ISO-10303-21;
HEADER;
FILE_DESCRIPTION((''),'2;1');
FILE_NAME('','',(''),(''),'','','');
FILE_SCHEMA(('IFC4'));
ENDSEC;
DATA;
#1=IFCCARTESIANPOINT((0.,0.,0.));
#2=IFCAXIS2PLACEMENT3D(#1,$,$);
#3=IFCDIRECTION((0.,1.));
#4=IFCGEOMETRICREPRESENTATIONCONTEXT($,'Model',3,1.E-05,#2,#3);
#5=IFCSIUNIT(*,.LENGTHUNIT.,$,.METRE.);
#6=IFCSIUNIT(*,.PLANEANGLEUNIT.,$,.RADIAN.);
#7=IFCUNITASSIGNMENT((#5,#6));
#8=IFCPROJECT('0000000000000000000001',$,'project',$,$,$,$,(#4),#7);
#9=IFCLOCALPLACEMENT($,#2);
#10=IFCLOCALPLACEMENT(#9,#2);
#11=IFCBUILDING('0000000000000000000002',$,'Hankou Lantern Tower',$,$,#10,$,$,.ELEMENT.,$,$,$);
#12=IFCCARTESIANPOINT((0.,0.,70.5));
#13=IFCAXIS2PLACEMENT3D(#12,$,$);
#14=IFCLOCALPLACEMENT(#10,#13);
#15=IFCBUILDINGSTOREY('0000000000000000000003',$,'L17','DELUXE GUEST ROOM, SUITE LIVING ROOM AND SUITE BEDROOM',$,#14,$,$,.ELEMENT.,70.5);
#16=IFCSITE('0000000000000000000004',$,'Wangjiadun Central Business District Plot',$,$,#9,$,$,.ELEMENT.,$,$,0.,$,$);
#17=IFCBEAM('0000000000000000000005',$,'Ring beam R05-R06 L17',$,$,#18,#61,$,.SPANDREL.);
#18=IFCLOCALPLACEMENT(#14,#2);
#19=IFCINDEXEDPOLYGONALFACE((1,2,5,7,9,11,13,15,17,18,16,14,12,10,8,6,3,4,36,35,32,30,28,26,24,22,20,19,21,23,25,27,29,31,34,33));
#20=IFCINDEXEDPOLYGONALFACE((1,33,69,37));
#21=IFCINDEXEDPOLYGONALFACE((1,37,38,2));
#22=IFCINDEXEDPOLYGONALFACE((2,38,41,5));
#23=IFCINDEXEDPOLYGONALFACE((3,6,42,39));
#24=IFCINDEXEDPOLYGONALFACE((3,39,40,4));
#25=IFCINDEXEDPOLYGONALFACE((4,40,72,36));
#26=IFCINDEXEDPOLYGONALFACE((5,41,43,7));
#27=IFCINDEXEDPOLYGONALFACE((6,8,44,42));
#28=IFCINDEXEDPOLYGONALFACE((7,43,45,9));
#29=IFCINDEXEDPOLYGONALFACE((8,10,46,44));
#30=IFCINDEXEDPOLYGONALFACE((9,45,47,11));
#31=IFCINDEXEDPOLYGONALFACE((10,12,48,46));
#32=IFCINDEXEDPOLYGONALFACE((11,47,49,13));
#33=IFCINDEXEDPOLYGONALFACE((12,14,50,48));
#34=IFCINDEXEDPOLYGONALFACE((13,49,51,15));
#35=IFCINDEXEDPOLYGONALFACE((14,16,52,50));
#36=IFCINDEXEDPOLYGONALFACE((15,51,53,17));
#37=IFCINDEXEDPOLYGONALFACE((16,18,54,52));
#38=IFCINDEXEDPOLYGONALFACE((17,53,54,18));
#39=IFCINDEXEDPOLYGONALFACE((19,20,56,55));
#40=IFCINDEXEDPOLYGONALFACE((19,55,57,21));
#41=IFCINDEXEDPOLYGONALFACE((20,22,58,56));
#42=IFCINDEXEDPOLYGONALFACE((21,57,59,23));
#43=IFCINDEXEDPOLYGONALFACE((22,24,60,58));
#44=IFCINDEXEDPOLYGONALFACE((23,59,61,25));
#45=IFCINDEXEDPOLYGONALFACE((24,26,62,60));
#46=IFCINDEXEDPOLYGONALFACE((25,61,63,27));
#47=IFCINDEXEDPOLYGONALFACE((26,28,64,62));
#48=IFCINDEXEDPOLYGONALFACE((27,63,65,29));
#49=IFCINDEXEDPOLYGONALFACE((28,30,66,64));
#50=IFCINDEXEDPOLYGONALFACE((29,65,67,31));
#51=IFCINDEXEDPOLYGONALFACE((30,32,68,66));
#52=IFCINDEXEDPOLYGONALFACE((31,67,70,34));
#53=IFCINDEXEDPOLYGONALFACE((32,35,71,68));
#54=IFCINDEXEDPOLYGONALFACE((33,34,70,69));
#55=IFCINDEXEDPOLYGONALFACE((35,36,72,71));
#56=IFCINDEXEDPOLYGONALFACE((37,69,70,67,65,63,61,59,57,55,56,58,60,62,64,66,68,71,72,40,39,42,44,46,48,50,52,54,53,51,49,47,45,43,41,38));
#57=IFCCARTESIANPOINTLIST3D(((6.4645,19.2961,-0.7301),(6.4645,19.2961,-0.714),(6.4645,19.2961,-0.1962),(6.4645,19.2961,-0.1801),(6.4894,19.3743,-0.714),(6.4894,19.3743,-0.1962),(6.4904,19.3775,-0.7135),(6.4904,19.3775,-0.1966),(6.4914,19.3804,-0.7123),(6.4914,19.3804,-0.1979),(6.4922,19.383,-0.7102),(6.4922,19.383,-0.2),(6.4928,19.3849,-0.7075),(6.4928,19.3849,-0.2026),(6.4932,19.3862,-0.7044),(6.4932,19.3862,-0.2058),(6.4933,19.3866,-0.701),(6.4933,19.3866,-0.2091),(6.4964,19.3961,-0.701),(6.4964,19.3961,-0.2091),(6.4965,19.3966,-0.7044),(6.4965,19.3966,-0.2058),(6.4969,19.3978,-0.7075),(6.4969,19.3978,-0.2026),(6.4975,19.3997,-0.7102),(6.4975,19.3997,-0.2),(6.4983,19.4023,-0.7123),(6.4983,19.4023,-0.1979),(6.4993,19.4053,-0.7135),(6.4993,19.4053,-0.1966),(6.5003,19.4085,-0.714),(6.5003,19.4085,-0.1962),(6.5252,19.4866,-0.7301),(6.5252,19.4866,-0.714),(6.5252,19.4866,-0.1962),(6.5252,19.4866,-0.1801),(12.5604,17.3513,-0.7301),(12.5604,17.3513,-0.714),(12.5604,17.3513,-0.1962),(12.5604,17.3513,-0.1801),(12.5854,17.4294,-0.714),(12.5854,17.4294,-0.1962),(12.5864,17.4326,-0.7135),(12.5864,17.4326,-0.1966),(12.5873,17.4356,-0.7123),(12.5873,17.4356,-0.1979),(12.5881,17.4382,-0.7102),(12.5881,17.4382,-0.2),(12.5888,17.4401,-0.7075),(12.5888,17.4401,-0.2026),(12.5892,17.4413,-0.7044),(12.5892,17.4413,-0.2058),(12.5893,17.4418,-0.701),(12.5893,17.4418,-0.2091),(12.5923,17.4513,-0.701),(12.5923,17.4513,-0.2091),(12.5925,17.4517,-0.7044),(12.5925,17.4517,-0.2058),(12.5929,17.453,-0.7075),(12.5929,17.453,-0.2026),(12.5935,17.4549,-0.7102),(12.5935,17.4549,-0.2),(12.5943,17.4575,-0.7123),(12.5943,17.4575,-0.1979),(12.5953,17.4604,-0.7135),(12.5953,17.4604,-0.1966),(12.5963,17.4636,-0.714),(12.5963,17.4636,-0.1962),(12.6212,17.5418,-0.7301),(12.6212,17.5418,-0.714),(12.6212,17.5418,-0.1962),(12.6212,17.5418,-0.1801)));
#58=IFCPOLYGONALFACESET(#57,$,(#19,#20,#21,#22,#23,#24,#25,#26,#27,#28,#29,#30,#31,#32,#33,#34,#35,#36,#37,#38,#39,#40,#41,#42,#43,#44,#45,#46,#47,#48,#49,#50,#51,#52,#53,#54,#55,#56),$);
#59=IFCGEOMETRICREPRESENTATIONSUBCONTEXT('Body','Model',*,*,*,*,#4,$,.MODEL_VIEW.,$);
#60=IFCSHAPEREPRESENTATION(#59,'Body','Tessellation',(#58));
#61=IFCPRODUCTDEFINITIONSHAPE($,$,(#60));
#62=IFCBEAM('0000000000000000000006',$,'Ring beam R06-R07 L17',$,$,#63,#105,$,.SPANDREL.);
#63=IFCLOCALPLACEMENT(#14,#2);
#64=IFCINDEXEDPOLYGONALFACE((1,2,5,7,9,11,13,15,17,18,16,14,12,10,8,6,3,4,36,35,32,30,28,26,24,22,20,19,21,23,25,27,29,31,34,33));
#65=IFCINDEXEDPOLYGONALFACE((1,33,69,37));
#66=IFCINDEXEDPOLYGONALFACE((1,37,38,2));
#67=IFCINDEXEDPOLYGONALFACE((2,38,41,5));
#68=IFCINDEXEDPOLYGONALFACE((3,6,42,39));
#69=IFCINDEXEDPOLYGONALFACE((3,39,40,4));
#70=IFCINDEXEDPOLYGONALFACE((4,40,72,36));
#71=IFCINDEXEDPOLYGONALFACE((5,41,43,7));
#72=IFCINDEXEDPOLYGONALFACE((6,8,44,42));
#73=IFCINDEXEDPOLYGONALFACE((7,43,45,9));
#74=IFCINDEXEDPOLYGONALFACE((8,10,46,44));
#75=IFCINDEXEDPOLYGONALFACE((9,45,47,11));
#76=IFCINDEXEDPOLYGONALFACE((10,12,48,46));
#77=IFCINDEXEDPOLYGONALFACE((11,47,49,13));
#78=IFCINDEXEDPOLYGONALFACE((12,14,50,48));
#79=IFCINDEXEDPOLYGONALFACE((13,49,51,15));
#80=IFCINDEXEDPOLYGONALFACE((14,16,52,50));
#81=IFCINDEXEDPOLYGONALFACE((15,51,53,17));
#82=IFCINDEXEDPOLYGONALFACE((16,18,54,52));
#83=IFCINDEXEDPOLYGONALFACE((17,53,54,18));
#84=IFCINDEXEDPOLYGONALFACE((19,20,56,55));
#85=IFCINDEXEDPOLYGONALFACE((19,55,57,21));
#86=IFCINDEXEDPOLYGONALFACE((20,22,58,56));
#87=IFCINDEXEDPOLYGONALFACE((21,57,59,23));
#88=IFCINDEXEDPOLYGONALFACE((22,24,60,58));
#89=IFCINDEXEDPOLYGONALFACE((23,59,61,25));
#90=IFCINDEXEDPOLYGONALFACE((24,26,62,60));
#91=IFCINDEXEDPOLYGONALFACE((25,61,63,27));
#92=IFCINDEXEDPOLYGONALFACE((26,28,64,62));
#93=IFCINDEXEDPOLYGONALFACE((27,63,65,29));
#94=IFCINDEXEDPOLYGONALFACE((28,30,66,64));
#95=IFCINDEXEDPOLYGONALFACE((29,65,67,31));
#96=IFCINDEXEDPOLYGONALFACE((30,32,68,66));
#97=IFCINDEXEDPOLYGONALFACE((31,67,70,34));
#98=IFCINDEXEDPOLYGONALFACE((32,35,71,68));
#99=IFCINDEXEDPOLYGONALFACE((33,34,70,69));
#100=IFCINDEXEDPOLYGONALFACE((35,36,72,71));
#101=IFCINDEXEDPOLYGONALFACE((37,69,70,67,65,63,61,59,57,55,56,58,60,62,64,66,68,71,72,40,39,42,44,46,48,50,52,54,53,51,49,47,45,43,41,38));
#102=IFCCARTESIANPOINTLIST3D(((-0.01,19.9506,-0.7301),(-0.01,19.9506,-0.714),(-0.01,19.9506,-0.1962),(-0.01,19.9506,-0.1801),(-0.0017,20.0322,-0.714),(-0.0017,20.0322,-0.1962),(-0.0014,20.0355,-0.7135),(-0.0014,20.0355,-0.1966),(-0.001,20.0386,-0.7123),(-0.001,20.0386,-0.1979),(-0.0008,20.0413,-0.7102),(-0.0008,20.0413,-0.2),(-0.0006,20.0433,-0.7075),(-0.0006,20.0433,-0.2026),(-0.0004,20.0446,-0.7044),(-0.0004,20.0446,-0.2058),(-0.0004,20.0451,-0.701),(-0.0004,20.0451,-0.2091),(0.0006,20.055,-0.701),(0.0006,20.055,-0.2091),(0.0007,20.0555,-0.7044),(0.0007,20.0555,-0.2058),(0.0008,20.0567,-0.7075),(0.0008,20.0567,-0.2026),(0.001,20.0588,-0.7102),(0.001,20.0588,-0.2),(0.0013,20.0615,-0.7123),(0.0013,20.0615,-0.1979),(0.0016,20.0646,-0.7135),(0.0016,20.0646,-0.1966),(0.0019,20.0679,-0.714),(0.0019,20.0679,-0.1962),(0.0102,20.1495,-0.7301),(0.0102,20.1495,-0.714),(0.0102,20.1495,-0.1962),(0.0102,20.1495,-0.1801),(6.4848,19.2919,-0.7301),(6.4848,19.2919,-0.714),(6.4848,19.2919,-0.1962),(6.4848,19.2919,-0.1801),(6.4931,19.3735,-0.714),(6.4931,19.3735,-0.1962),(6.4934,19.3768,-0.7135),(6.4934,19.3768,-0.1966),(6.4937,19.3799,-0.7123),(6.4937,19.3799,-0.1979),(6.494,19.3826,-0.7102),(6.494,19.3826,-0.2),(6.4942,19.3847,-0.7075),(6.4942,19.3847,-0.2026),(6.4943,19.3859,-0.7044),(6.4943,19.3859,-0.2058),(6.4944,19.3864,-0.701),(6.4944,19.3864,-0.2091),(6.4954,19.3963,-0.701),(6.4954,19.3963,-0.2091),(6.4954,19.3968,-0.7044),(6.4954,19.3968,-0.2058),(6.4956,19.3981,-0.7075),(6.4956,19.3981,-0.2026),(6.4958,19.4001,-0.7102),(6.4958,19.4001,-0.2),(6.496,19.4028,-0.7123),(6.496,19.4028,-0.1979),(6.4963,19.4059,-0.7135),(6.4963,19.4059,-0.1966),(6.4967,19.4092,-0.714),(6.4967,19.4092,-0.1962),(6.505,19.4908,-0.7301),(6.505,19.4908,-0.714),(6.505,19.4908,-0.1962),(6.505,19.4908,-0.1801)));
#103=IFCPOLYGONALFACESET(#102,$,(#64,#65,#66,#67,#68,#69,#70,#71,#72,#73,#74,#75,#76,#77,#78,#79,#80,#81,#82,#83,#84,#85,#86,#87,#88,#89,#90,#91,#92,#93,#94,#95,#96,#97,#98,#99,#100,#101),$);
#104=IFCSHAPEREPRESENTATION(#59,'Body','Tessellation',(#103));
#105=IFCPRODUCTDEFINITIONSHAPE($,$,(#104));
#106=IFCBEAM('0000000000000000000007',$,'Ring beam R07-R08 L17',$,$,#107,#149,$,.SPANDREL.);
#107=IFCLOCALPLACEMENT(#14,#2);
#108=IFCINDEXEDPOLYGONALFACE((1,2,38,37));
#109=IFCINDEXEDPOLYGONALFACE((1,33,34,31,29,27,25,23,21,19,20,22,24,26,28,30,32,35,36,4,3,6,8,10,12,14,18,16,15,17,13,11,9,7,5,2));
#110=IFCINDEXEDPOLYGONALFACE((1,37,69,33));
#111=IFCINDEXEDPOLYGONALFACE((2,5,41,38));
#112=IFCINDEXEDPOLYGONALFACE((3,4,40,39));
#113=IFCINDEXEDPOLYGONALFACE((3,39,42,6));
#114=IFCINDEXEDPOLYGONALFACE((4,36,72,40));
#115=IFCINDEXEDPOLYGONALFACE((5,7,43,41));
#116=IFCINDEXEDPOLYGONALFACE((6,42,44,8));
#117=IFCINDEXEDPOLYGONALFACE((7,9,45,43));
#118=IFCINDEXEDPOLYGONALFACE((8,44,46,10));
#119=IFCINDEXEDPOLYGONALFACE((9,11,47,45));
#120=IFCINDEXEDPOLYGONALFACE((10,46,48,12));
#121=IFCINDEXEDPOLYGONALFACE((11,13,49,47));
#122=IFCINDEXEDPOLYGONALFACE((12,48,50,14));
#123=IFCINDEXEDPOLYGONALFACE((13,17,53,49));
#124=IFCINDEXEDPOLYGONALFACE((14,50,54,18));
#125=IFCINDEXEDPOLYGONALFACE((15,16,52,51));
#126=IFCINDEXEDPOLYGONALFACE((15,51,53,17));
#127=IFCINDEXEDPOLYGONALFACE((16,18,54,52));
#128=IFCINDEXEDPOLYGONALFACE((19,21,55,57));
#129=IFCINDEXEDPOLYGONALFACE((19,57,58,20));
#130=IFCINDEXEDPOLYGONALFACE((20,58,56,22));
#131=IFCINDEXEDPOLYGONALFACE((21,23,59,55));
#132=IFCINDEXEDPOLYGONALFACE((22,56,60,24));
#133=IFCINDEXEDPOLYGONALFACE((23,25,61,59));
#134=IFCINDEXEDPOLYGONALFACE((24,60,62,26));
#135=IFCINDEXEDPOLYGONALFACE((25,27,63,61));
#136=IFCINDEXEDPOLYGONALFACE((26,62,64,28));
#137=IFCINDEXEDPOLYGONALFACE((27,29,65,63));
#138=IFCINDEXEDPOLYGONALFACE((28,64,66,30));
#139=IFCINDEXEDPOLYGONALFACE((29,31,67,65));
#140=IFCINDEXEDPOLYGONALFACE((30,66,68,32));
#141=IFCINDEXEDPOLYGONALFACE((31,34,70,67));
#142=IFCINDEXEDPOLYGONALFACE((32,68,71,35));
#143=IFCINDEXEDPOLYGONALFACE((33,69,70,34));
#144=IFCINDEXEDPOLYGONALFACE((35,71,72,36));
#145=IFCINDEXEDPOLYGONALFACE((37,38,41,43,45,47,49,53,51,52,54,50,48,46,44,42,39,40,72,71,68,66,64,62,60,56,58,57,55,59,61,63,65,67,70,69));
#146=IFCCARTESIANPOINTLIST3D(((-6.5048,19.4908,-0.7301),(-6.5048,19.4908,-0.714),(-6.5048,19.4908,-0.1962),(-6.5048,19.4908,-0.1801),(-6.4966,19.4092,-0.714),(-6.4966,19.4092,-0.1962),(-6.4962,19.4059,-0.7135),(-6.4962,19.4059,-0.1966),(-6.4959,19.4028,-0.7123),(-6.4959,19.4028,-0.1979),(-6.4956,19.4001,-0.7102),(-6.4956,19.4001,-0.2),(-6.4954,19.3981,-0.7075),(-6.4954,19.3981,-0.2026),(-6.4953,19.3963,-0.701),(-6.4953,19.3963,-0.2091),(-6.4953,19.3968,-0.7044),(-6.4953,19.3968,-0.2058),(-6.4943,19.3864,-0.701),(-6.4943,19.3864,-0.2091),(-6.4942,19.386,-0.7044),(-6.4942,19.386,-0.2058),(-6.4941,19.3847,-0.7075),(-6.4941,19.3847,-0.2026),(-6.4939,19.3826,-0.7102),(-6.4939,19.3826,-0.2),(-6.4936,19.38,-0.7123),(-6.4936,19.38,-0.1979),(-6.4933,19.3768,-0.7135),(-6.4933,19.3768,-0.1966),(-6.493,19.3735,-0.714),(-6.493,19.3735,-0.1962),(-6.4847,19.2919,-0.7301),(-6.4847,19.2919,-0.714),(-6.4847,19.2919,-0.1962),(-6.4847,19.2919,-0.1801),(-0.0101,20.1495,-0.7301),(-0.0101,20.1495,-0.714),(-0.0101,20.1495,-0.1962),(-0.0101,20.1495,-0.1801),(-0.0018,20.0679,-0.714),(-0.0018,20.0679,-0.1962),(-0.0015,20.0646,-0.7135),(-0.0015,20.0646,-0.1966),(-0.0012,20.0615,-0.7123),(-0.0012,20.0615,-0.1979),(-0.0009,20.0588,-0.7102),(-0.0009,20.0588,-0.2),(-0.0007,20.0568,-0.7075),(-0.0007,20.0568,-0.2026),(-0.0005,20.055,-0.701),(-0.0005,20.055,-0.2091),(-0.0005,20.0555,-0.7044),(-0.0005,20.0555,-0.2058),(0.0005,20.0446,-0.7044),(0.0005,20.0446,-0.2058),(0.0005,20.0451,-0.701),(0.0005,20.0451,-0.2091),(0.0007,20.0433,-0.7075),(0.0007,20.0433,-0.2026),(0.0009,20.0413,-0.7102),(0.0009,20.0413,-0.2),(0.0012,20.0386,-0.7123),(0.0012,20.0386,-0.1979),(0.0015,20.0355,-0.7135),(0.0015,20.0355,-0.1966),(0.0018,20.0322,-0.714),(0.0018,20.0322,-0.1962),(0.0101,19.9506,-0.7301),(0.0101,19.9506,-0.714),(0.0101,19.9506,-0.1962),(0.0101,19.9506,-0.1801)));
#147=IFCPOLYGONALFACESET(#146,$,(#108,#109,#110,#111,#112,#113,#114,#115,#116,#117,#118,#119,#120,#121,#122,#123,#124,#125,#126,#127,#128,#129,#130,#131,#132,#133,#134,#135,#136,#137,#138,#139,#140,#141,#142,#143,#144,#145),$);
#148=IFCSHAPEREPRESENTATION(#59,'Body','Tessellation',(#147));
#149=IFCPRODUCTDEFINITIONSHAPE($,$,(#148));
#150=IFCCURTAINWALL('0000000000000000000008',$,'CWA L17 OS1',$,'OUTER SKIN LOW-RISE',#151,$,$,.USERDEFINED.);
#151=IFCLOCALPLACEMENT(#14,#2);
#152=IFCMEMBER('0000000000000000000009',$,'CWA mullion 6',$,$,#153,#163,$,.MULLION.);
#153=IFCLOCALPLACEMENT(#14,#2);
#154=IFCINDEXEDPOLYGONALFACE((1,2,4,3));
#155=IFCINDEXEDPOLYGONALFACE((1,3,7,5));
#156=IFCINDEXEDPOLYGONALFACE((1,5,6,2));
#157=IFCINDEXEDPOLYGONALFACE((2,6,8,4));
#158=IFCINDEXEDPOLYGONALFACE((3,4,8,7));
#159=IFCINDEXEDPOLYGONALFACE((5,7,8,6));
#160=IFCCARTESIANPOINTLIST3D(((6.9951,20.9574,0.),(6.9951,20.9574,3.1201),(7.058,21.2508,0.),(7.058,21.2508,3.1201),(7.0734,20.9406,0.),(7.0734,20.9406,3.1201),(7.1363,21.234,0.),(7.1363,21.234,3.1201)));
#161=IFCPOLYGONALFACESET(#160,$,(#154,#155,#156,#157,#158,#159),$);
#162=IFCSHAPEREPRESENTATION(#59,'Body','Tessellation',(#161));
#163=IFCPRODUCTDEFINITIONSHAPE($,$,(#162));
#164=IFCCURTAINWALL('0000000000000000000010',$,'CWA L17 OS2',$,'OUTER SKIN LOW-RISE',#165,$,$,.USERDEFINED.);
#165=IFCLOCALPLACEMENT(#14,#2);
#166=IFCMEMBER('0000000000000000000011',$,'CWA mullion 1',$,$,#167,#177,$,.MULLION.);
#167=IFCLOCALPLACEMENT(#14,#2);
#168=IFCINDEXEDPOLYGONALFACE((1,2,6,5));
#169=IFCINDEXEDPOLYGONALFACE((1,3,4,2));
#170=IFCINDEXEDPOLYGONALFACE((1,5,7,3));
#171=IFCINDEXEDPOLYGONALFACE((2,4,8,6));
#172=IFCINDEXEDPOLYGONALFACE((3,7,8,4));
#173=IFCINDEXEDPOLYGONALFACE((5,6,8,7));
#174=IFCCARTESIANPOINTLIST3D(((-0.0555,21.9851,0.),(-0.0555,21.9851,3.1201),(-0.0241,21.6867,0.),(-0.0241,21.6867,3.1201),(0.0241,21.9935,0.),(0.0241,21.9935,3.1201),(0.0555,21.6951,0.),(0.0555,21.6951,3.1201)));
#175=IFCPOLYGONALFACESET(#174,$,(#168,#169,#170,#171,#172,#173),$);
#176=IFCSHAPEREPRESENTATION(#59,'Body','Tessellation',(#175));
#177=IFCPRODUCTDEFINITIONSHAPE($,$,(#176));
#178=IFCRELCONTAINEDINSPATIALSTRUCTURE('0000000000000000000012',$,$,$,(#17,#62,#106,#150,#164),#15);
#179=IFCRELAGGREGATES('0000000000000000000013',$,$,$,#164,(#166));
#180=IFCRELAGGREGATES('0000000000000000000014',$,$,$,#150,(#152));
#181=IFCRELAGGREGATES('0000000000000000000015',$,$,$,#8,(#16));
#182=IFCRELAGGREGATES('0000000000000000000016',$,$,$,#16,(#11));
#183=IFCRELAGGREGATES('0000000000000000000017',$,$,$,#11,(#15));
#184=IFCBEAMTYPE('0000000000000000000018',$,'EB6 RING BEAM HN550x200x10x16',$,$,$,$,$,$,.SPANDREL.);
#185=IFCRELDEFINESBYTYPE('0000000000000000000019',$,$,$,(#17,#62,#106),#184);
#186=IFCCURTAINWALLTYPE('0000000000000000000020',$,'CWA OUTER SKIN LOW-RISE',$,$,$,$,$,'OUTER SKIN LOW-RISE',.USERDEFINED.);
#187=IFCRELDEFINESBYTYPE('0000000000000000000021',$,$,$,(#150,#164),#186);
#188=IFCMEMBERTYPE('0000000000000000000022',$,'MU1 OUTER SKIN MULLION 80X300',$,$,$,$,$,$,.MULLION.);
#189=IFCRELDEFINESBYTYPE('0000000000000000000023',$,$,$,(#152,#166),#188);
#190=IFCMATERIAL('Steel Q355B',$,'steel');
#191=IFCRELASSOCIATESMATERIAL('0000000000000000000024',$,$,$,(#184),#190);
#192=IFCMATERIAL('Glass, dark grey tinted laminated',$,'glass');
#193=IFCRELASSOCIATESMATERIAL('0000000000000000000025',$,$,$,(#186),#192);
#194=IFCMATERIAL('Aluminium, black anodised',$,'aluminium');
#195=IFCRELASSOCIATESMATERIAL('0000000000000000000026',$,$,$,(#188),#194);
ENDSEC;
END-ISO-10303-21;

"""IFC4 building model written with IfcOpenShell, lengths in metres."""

from ifc_helpers import new_model, si_unit, direction, frame, origin, origin_2d, place, context, subcontext, project, spatial, rectangle, i_section, extrude, material, material_profile, profile_set, type_object, element, aggregate, save


model = new_model("IFC4")

# Units and contexts
model_context = context("Model", 3, precision=1e-05, world=origin(), true_north=direction((0.0, 1.0)))
body_context = subcontext(model_context, "Body", "Model", "MODEL_VIEW")
ifc_project = project(units=[si_unit("LENGTHUNIT", "METRE"), si_unit("PLANEANGLEUNIT", "RADIAN")], contexts=[model_context])

# Site, building, storey
site_placement = place(None, origin())
site = spatial("IfcSite", under=ifc_project, at=site_placement, Name="Wangjiadun Central Business District Plot", CompositionType="ELEMENT", RefElevation=0.0)
building_placement = place(site_placement, origin())
building = spatial("IfcBuilding", under=site, at=building_placement, Name="Hankou Lantern Tower", CompositionType="ELEMENT")
storey_placement = place(building_placement, frame((0.0, 0.0, 70.5)))
storey = spatial("IfcBuildingStorey", under=building, at=storey_placement, Name="L17", Description="DELUXE GUEST ROOM, SUITE LIVING ROOM AND SUITE BEDROOM", CompositionType="ELEMENT", Elevation=70.5)

# Beams
ifc_material_1 = material(Name="Steel Q355B", Category="steel")
ifc_material_profile_1 = material_profile(ifc_material_1, i_section(OverallWidth=0.2, OverallDepth=0.55, WebThickness=0.01, FlangeThickness=0.0161, FilletRadius=0.0129, at=origin_2d()), Name="HN550x200x10x16")
ifc_profile_set_1 = profile_set([ifc_material_profile_1], Name="Steel Q355B")
beam_type_1 = type_object("IfcBeamType", Name="EB6 RING BEAM HN550x200x10x16", PredefinedType="SPANDREL", material=ifc_profile_set_1)
beam_1_placement = place(storey_placement, frame((12.5908, 17.4465, -0.4551), z_axis=(-0.95269, 0.303942, 0.0), x_axis=(-0.303942, -0.95269, 0.0)))
element("IfcBeam", 1, at=beam_1_placement, inside=storey, type_object=beam_type_1, Name="Ring beam R05-R06 L17", PredefinedType="SPANDREL", context=body_context, shape_type="SweptSolid", body=[
    extrude(i_section(OverallWidth=0.2, OverallDepth=0.55, WebThickness=0.01, FlangeThickness=0.0161, FilletRadius=0.0129, at=origin_2d()), origin(), (0.0, 0.0, 1.0), 6.3987),
])
for number, where, z_axis, x_axis, name in (
    (2, (6.4949, 19.3914, -0.4551), (-0.994897, 0.1009, 0.0), (-0.1009, -0.994897, 0.0), "Ring beam R06-R07 L17"),
    (3, (0.0, 20.05, -0.4551), (-0.994897, -0.1009, 0.0), (0.1009, -0.994897, 0.0), "Ring beam R07-R08 L17"),
):
    element("IfcBeam", number, at=place(storey_placement, frame(where, z_axis=z_axis, x_axis=x_axis)), inside=storey, type_object=beam_type_1, Name=name, PredefinedType="SPANDREL", context=body_context, shape_type="SweptSolid", body=[
        extrude(i_section(OverallWidth=0.2, OverallDepth=0.55, WebThickness=0.01, FlangeThickness=0.0161, FilletRadius=0.0129, at=origin_2d()), origin(), (0.0, 0.0, 1.0), 6.5281),
    ])

# Curtain walls, members
ifc_material_2 = material(Name="Glass, dark grey tinted laminated", Category="glass")
curtain_wall_type = type_object("IfcCurtainWallType", Name="CWA OUTER SKIN LOW-RISE", ElementType="OUTER SKIN LOW-RISE", PredefinedType="USERDEFINED", material=ifc_material_2)
curtain_wall_1_placement = place(storey_placement, origin())
curtain_wall_1 = element("IfcCurtainWall", 4, at=curtain_wall_1_placement, inside=storey, type_object=curtain_wall_type, Name="CWA L17 OS1", ObjectType="OUTER SKIN LOW-RISE", PredefinedType="USERDEFINED")
ifc_material_3 = material(Name="Aluminium, black anodised", Category="aluminium")
ifc_material_profile_2 = material_profile(ifc_material_3, rectangle(XDim=0.0801, YDim=0.3, at=origin_2d()), Name="MU1 80X300")
ifc_profile_set_2 = profile_set([ifc_material_profile_2], Name="Aluminium, black anodised")
member_type_1 = type_object("IfcMemberType", Name="MU1 OUTER SKIN MULLION 80X300", PredefinedType="MULLION", material=ifc_profile_set_2)
member_1_placement = place(storey_placement, frame((7.0657, 21.0957, 0.0), z_axis=(0.0, 0.0, 1.0), x_axis=(-0.977788, 0.209598, 0.0)))
member_1 = element("IfcMember", 5, at=member_1_placement, type_object=member_type_1, Name="CWA mullion 6", PredefinedType="MULLION", context=body_context, shape_type="SweptSolid", body=[
    extrude(rectangle(XDim=0.0801, YDim=0.3, at=origin_2d()), origin(), (0.0, 0.0, 1.0), 3.1201),
])
curtain_wall_2_placement = place(storey_placement, origin())
curtain_wall_2 = element("IfcCurtainWall", 6, at=curtain_wall_2_placement, inside=storey, type_object=curtain_wall_type, Name="CWA L17 OS2", ObjectType="OUTER SKIN LOW-RISE", PredefinedType="USERDEFINED")
member_2_placement = place(storey_placement, frame((0.0, 21.8401, 0.0), z_axis=(0.0, 0.0, 1.0), x_axis=(-0.994499, -0.104743, 0.0)))
member_2 = element("IfcMember", 7, at=member_2_placement, type_object=member_type_1, Name="CWA mullion 1", PredefinedType="MULLION", context=body_context, shape_type="SweptSolid", body=[
    extrude(rectangle(XDim=0.0801, YDim=0.3, at=origin_2d()), origin(), (0.0, 0.0, 1.0), 3.1201),
])
aggregate(curtain_wall_2, [member_2])

aggregate(curtain_wall_1, [member_1])

save(model, "model.ifc")
